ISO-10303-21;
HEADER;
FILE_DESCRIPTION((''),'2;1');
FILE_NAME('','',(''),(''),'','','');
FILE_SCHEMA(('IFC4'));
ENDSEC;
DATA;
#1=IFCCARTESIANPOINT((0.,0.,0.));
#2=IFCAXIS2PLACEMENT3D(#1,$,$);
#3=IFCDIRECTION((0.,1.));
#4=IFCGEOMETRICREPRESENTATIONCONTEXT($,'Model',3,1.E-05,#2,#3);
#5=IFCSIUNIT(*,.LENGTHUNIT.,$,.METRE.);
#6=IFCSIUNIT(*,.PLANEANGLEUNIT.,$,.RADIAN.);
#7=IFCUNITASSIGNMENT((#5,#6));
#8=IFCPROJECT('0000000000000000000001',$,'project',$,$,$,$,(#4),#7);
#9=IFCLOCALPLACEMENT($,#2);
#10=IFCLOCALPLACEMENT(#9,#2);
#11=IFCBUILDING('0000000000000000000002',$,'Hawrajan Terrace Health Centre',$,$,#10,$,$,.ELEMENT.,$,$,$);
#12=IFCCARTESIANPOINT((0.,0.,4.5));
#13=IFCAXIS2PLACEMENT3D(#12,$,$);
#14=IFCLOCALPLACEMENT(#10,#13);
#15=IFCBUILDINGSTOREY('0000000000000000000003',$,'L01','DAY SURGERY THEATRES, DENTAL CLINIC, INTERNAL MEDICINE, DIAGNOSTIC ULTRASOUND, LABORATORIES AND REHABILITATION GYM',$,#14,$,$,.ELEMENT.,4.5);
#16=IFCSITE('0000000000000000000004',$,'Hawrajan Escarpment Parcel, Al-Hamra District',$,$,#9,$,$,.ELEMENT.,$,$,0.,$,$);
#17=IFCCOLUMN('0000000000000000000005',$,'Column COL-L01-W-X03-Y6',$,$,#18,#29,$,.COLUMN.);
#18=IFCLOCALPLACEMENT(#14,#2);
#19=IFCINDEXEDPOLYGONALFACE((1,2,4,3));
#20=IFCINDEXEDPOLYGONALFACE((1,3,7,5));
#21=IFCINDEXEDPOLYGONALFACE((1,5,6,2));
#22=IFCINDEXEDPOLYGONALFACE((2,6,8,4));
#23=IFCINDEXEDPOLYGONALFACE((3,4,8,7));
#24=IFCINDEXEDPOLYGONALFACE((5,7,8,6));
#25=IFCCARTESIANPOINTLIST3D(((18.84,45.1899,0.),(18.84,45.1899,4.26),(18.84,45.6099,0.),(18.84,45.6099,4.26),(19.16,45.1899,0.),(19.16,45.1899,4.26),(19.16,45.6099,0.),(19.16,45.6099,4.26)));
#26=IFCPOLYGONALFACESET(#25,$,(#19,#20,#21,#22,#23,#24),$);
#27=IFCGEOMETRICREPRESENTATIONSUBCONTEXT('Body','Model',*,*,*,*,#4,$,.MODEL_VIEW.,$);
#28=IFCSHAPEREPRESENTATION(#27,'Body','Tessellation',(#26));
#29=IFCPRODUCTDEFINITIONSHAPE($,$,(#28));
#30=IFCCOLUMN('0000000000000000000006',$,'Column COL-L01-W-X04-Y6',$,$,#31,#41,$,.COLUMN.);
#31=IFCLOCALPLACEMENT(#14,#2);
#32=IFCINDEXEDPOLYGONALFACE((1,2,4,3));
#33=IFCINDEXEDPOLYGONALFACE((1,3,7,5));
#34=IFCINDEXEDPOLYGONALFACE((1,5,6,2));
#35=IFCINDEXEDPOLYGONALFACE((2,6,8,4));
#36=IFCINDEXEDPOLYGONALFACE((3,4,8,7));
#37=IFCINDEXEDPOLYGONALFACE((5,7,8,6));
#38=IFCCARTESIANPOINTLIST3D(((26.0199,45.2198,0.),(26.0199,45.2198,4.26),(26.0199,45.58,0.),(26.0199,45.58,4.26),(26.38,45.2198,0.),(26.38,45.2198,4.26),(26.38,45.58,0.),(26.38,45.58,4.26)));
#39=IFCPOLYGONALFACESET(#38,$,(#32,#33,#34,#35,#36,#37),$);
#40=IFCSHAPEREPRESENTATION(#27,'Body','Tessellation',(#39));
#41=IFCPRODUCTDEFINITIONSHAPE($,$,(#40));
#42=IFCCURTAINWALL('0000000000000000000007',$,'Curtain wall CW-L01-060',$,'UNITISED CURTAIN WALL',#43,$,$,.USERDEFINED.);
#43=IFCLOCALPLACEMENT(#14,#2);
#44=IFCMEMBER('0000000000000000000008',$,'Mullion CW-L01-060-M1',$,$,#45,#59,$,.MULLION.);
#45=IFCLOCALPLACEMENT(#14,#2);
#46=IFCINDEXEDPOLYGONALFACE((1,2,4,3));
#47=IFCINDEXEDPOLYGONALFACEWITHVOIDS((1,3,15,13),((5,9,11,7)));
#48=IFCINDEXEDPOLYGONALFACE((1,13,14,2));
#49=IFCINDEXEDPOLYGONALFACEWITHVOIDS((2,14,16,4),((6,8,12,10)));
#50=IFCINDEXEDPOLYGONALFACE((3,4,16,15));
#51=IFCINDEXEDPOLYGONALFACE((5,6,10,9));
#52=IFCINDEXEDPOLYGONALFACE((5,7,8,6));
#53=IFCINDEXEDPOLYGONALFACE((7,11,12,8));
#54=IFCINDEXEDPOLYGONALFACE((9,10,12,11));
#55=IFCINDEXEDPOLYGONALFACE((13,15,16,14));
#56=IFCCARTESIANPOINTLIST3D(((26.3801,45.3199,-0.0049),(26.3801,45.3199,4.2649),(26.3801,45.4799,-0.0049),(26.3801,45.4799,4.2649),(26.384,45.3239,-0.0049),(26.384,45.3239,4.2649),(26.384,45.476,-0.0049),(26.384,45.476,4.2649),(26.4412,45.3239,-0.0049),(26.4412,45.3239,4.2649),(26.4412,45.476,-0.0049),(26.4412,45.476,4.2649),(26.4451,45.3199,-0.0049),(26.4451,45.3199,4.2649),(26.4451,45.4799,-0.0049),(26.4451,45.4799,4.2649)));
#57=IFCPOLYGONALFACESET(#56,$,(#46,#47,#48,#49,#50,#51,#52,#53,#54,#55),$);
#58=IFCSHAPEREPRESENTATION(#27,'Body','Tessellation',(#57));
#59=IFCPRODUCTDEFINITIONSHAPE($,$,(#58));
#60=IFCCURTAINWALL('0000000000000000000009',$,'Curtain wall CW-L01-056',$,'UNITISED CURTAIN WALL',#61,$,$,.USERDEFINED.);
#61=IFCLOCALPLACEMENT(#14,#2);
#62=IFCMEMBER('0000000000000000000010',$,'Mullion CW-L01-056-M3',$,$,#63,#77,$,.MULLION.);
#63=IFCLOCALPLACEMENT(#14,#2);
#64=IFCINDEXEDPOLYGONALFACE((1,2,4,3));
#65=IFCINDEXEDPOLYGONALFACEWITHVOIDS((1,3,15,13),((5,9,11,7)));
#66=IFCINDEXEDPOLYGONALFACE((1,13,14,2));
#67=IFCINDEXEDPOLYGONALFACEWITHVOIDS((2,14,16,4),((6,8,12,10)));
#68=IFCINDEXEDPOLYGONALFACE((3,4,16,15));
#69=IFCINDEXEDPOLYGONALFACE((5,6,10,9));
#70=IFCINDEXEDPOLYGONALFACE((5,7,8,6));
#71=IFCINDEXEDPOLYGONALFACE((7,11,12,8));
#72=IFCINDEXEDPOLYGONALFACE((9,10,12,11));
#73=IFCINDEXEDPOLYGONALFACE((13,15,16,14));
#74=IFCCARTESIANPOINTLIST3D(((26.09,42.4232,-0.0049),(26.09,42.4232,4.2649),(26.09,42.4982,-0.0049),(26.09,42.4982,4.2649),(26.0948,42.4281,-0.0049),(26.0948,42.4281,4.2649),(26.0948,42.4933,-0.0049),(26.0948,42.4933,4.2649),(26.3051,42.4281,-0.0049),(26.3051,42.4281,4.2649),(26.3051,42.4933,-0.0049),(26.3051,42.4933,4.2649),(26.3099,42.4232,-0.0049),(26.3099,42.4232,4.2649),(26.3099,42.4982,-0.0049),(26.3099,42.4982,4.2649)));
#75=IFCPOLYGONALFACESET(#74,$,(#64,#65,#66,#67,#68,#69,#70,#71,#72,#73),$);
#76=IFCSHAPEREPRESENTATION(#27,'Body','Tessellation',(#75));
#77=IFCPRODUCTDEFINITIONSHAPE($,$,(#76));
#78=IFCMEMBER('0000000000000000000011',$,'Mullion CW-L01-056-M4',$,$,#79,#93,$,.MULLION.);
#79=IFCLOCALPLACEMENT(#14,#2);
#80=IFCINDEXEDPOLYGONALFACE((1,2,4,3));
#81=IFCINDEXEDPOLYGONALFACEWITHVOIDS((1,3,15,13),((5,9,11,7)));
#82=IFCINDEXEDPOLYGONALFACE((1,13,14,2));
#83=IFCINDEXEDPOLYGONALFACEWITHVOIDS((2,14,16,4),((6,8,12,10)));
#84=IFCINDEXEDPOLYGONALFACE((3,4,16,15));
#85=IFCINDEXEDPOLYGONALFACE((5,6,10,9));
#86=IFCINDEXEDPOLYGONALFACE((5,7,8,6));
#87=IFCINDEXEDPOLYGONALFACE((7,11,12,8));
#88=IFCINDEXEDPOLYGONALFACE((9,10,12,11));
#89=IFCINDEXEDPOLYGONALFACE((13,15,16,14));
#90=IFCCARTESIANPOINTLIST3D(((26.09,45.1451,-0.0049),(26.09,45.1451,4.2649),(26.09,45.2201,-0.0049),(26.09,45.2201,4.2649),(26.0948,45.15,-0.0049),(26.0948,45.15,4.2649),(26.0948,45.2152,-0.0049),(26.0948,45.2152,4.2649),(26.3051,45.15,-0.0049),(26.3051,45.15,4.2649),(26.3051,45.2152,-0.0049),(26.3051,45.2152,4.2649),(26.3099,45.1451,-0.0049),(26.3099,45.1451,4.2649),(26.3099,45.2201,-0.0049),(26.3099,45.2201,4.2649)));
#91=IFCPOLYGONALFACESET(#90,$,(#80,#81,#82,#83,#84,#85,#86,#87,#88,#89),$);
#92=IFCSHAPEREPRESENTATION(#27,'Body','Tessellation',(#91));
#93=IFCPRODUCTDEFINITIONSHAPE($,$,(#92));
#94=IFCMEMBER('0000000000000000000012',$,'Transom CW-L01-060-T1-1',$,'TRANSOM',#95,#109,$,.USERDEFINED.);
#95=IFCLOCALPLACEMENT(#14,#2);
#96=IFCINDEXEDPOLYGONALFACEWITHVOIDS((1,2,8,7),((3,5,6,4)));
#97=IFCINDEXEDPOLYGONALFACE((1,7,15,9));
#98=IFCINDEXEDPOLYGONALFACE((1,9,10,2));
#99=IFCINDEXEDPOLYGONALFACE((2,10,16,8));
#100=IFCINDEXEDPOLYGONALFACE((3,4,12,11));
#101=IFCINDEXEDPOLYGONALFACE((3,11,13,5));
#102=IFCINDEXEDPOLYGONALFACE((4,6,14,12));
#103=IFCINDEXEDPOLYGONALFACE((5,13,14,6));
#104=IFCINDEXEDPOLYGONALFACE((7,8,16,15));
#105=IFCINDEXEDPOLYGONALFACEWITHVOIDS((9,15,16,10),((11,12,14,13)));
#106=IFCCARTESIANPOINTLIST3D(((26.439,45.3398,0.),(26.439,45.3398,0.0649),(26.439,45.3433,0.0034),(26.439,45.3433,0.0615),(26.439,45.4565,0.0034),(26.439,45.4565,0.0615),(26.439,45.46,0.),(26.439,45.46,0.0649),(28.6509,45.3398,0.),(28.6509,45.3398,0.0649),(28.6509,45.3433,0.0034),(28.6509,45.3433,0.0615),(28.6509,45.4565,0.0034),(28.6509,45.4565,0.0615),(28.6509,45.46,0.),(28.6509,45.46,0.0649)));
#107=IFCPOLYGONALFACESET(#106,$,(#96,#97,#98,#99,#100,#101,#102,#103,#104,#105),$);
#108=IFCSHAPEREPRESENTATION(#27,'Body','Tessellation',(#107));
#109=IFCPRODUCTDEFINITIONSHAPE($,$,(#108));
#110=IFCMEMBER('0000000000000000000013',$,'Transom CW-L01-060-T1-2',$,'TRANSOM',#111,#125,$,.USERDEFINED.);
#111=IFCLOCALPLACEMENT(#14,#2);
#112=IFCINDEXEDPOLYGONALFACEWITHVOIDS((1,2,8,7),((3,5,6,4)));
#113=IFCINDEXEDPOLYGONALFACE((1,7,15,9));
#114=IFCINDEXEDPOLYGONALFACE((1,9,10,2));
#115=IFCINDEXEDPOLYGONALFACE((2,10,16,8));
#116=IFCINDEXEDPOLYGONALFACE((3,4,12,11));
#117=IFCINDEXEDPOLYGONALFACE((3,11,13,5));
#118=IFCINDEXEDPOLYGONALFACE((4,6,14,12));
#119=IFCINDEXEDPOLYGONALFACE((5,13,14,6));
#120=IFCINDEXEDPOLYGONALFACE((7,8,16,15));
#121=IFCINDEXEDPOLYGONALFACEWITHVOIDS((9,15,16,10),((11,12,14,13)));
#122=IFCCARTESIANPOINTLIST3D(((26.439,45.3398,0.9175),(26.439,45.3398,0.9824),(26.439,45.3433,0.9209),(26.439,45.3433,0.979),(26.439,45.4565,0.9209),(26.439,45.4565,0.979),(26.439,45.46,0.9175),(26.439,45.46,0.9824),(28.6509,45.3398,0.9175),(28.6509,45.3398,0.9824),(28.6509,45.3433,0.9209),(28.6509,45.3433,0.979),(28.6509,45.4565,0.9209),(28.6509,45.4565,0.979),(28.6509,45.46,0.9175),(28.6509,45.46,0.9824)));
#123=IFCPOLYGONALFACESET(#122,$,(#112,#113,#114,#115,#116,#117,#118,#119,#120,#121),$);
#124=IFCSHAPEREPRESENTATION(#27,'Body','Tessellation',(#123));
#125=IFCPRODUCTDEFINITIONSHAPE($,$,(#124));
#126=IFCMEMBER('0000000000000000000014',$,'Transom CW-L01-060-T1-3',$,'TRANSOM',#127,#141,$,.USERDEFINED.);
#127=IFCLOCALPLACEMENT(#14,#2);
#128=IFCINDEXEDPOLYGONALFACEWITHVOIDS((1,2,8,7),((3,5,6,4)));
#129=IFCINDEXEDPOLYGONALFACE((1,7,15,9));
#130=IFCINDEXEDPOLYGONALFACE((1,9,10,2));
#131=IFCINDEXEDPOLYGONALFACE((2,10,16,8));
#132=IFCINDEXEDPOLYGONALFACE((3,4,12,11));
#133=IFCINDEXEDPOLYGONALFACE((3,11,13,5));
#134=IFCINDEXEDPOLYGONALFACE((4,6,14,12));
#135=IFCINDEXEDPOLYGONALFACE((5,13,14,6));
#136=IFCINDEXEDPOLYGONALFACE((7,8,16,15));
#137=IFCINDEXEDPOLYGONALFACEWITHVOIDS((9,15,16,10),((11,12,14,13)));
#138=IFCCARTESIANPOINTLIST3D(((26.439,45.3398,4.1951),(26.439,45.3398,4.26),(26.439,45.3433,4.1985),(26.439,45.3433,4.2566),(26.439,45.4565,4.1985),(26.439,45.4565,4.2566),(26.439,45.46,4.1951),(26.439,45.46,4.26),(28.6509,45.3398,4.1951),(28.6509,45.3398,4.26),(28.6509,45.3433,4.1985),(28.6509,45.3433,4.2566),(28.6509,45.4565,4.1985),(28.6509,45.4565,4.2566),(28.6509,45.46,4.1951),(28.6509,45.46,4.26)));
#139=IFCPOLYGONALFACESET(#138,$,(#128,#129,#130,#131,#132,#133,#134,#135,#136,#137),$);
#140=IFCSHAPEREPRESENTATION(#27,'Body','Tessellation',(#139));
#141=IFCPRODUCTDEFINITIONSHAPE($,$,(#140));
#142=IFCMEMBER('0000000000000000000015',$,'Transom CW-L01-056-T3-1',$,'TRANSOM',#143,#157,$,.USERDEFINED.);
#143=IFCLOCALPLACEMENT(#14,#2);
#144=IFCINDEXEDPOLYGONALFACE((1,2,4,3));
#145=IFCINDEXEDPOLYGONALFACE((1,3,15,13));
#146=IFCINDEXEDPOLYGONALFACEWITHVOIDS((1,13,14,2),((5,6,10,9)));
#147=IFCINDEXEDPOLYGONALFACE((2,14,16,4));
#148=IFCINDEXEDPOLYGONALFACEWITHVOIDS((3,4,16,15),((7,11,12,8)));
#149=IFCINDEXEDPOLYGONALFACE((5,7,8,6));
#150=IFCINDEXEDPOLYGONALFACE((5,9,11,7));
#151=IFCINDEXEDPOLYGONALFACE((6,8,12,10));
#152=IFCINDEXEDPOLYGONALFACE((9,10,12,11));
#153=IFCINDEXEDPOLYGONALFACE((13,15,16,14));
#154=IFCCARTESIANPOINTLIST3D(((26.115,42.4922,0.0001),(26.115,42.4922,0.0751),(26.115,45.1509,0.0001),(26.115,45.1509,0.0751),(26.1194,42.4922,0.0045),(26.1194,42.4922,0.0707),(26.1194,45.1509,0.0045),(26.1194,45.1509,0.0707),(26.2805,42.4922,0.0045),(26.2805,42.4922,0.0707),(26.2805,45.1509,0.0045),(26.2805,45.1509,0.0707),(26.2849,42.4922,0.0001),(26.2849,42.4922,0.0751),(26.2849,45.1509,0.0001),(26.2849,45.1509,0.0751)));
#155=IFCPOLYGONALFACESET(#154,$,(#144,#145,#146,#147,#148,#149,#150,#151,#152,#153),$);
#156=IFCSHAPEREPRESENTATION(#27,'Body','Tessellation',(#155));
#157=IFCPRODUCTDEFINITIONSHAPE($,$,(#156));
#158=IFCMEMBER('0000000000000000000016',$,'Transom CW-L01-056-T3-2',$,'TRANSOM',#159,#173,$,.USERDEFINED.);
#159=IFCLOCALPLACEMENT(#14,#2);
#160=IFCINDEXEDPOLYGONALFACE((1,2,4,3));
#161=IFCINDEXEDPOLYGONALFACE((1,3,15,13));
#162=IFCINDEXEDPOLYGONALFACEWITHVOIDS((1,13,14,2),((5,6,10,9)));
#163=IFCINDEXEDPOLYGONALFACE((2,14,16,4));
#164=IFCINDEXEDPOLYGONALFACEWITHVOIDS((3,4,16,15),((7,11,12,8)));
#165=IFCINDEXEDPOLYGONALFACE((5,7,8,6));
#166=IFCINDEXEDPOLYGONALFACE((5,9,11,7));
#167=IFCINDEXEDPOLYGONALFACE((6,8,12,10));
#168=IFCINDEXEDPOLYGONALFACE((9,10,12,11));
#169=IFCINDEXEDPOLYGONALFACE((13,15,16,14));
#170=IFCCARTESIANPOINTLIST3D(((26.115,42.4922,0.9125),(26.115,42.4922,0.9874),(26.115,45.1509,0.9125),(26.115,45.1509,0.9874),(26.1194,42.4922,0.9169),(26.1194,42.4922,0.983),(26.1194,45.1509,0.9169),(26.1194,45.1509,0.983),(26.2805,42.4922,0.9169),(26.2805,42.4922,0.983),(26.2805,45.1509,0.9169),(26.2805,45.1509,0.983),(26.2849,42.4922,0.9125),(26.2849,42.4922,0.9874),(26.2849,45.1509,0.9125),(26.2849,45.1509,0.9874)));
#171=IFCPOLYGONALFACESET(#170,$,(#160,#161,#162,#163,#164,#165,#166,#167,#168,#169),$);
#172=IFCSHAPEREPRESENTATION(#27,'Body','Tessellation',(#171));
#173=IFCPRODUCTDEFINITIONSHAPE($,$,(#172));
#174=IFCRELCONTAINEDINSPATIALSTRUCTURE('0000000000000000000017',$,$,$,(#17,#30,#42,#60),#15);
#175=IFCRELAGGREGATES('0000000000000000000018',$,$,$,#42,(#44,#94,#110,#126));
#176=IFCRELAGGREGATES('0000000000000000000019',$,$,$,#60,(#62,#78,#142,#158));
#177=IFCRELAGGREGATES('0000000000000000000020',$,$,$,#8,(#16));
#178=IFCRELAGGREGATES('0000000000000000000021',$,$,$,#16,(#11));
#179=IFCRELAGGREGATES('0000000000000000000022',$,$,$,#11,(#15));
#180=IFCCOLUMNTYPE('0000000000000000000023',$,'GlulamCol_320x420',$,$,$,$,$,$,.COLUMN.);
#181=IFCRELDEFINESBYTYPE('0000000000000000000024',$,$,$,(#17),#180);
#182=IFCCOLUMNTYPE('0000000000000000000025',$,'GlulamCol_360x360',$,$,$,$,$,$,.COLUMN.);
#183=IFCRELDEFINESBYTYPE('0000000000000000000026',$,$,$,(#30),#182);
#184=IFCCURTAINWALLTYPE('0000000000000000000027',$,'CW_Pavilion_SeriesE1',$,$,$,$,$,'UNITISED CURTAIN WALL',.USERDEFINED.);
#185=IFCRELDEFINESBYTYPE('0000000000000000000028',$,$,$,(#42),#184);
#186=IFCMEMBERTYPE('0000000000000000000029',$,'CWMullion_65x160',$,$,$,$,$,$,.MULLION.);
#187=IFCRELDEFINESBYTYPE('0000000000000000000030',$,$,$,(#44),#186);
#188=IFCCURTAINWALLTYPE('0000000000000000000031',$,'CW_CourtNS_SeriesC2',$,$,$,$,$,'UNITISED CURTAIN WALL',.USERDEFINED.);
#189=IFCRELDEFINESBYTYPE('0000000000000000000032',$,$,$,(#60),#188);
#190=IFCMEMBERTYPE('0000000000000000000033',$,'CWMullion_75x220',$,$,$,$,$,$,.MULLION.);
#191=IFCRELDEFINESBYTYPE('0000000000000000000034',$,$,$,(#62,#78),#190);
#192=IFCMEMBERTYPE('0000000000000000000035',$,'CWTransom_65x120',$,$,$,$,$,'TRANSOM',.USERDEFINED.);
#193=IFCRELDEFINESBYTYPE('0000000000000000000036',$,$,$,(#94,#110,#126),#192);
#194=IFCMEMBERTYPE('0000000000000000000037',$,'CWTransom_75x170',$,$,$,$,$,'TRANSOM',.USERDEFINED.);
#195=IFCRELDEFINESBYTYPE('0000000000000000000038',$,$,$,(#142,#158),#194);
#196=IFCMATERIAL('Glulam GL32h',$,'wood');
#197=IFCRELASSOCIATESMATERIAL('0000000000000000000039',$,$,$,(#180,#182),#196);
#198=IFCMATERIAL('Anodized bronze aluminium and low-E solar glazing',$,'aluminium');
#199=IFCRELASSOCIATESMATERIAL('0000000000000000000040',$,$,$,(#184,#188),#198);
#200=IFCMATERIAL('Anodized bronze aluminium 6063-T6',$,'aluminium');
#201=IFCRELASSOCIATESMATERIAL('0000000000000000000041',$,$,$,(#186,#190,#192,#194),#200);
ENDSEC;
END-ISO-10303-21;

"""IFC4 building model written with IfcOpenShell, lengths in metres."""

from ifc_helpers import new_model, si_unit, direction, frame, origin, origin_2d, place, context, subcontext, project, spatial, rectangle, hollow_rectangle, extrude, material, material_profile, profile_set, type_object, element, aggregate, save


model = new_model("IFC4")

# Units and contexts
model_context = context("Model", 3, precision=1e-05, world=origin(), true_north=direction((0.0, 1.0)))
body_context = subcontext(model_context, "Body", "Model", "MODEL_VIEW")
ifc_project = project(units=[si_unit("LENGTHUNIT", "METRE"), si_unit("PLANEANGLEUNIT", "RADIAN")], contexts=[model_context])

# Site, building, storey
site_placement = place(None, origin())
site = spatial("IfcSite", under=ifc_project, at=site_placement, Name="Hawrajan Escarpment Parcel, Al-Hamra District", CompositionType="ELEMENT", RefElevation=0.0)
building_placement = place(site_placement, origin())
building = spatial("IfcBuilding", under=site, at=building_placement, Name="Hawrajan Terrace Health Centre", CompositionType="ELEMENT")
storey_placement = place(building_placement, frame((0.0, 0.0, 4.5)))
storey = spatial("IfcBuildingStorey", under=building, at=storey_placement, Name="L01", Description="DAY SURGERY THEATRES, DENTAL CLINIC, INTERNAL MEDICINE, DIAGNOSTIC ULTRASOUND, LABORATORIES AND REHABILITATION GYM", CompositionType="ELEMENT", Elevation=4.5)

# Columns
ifc_material_1 = material(Name="Glulam GL32h", Category="wood")
ifc_material_profile_1 = material_profile(ifc_material_1, rectangle(XDim=0.3201, YDim=0.4199, at=origin_2d()), Name="GL 320x420")
ifc_profile_set_1 = profile_set([ifc_material_profile_1], Name="Glulam GL32h")
column_type_1 = type_object("IfcColumnType", Name="GlulamCol_320x420", PredefinedType="COLUMN", material=ifc_profile_set_1)
column_1_placement = place(storey_placement, frame((19.0, 45.3999, 0.0), z_axis=(0.0, 0.0, 1.0), x_axis=(1.0, 0.0, 0.0)))
element("IfcColumn", 1, at=column_1_placement, inside=storey, type_object=column_type_1, Name="Column COL-L01-W-X03-Y6", PredefinedType="COLUMN", context=body_context, shape_type="SweptSolid", body=[
    extrude(rectangle(XDim=0.3201, YDim=0.4199, at=origin_2d()), origin(), (0.0, 0.0, 1.0), 4.26),
])
ifc_material_profile_2 = material_profile(ifc_material_1, rectangle(XDim=0.3601, YDim=0.3601, at=origin_2d()), Name="GL 360x360")
ifc_profile_set_2 = profile_set([ifc_material_profile_2], Name="Glulam GL32h")
column_type_2 = type_object("IfcColumnType", Name="GlulamCol_360x360", PredefinedType="COLUMN", material=ifc_profile_set_2)
column_2_placement = place(storey_placement, frame((26.2, 45.3999, 0.0), z_axis=(0.0, 0.0, 1.0), x_axis=(1.0, 0.0, 0.0)))
element("IfcColumn", 2, at=column_2_placement, inside=storey, type_object=column_type_2, Name="Column COL-L01-W-X04-Y6", PredefinedType="COLUMN", context=body_context, shape_type="SweptSolid", body=[
    extrude(rectangle(XDim=0.3601, YDim=0.3601, at=origin_2d()), origin(), (0.0, 0.0, 1.0), 4.26),
])

# Curtain wall, member
ifc_material_2 = material(Name="Anodized bronze aluminium and low-E solar glazing", Category="aluminium")
curtain_wall_type_1 = type_object("IfcCurtainWallType", Name="CW_Pavilion_SeriesE1", ElementType="UNITISED CURTAIN WALL", PredefinedType="USERDEFINED", material=ifc_material_2)
curtain_wall_1_placement = place(storey_placement, origin())
curtain_wall_1 = element("IfcCurtainWall", 3, at=curtain_wall_1_placement, inside=storey, type_object=curtain_wall_type_1, Name="Curtain wall CW-L01-060", ObjectType="UNITISED CURTAIN WALL", PredefinedType="USERDEFINED")
ifc_material_3 = material(Name="Anodized bronze aluminium 6063-T6", Category="aluminium")
ifc_material_profile_3 = material_profile(ifc_material_3, hollow_rectangle(XDim=0.0649, YDim=0.1599, WallThickness=0.0039, at=origin_2d()), Name="CW MUL 65x160")
ifc_profile_set_3 = profile_set([ifc_material_profile_3], Name="Anodized bronze aluminium 6063-T6")
member_type_1 = type_object("IfcMemberType", Name="CWMullion_65x160", PredefinedType="MULLION", material=ifc_profile_set_3)
member_1_placement = place(storey_placement, frame((26.4126, 45.3999, -0.0049), z_axis=(0.0, 0.0, 1.0), x_axis=(1.0, 0.0, 0.0)))
member_1 = element("IfcMember", 4, at=member_1_placement, type_object=member_type_1, Name="Mullion CW-L01-060-M1", PredefinedType="MULLION", context=body_context, shape_type="SweptSolid", body=[
    extrude(hollow_rectangle(XDim=0.0649, YDim=0.1599, WallThickness=0.0039, at=origin_2d()), origin(), (0.0, 0.0, 1.0), 4.2698),
])

# Curtain wall, members
curtain_wall_type_2 = type_object("IfcCurtainWallType", Name="CW_CourtNS_SeriesC2", ElementType="UNITISED CURTAIN WALL", PredefinedType="USERDEFINED", material=ifc_material_2)
curtain_wall_2_placement = place(storey_placement, origin())
curtain_wall_2 = element("IfcCurtainWall", 5, at=curtain_wall_2_placement, inside=storey, type_object=curtain_wall_type_2, Name="Curtain wall CW-L01-056", ObjectType="UNITISED CURTAIN WALL", PredefinedType="USERDEFINED")
ifc_material_profile_4 = material_profile(ifc_material_3, hollow_rectangle(XDim=0.075, YDim=0.22, WallThickness=0.0049, at=origin_2d()), Name="CW MUL 75x220")
ifc_profile_set_4 = profile_set([ifc_material_profile_4], Name="Anodized bronze aluminium 6063-T6")
member_type_2 = type_object("IfcMemberType", Name="CWMullion_75x220", PredefinedType="MULLION", material=ifc_profile_set_4)
member_2_placement = place(storey_placement, frame((26.2, 42.4607, -0.0049), z_axis=(0.0, 0.0, 1.0), x_axis=(0.0, 1.0, 0.0)))
member_2 = element("IfcMember", 6, at=member_2_placement, type_object=member_type_2, Name="Mullion CW-L01-056-M3", PredefinedType="MULLION", context=body_context, shape_type="SweptSolid", body=[
    extrude(hollow_rectangle(XDim=0.075, YDim=0.22, WallThickness=0.0049, at=origin_2d()), origin(), (0.0, 0.0, 1.0), 4.2698),
])
member_3_placement = place(storey_placement, frame((26.2, 45.1826, -0.0049), z_axis=(0.0, 0.0, 1.0), x_axis=(0.0, 1.0, 0.0)))
member_3 = element("IfcMember", 7, at=member_3_placement, type_object=member_type_2, Name="Mullion CW-L01-056-M4", PredefinedType="MULLION", context=body_context, shape_type="SweptSolid", body=[
    extrude(hollow_rectangle(XDim=0.075, YDim=0.22, WallThickness=0.0049, at=origin_2d()), origin(), (0.0, 0.0, 1.0), 4.2698),
])

# Members
ifc_material_profile_5 = material_profile(ifc_material_3, hollow_rectangle(XDim=0.0649, YDim=0.1201, WallThickness=0.0034, at=origin_2d()), Name="CW TRN 65x120")
ifc_profile_set_5 = profile_set([ifc_material_profile_5], Name="Anodized bronze aluminium 6063-T6")
member_type_3 = type_object("IfcMemberType", Name="CWTransom_65x120", ElementType="TRANSOM", PredefinedType="USERDEFINED", material=ifc_profile_set_5)
member_4_placement = place(storey_placement, frame((26.439, 45.3999, 0.0325), z_axis=(1.0, 0.0, 0.0), x_axis=(0.0, 0.0, 1.0)))
member_4 = element("IfcMember", 8, at=member_4_placement, type_object=member_type_3, Name="Transom CW-L01-060-T1-1", ObjectType="TRANSOM", PredefinedType="USERDEFINED", context=body_context, shape_type="SweptSolid", body=[
    extrude(hollow_rectangle(XDim=0.0649, YDim=0.1201, WallThickness=0.0034, at=origin_2d()), origin(), (0.0, 0.0, 1.0), 2.2119),
])
member_5_placement = place(storey_placement, frame((26.439, 45.3999, 0.95), z_axis=(1.0, 0.0, 0.0), x_axis=(0.0, 0.0, 1.0)))
member_5 = element("IfcMember", 9, at=member_5_placement, type_object=member_type_3, Name="Transom CW-L01-060-T1-2", ObjectType="TRANSOM", PredefinedType="USERDEFINED", context=body_context, shape_type="SweptSolid", body=[
    extrude(hollow_rectangle(XDim=0.0649, YDim=0.1201, WallThickness=0.0034, at=origin_2d()), origin(), (0.0, 0.0, 1.0), 2.2119),
])
member_6_placement = place(storey_placement, frame((26.439, 45.3999, 4.2275), z_axis=(1.0, 0.0, 0.0), x_axis=(0.0, 0.0, 1.0)))
member_6 = element("IfcMember", 10, at=member_6_placement, type_object=member_type_3, Name="Transom CW-L01-060-T1-3", ObjectType="TRANSOM", PredefinedType="USERDEFINED", context=body_context, shape_type="SweptSolid", body=[
    extrude(hollow_rectangle(XDim=0.0649, YDim=0.1201, WallThickness=0.0034, at=origin_2d()), origin(), (0.0, 0.0, 1.0), 2.2119),
])
aggregate(curtain_wall_1, [member_1, member_4, member_5, member_6])
ifc_material_profile_6 = material_profile(ifc_material_3, hollow_rectangle(XDim=0.075, YDim=0.1699, WallThickness=0.0044, at=origin_2d()), Name="CW TRN 75x170")
ifc_profile_set_6 = profile_set([ifc_material_profile_6], Name="Anodized bronze aluminium 6063-T6")
member_type_4 = type_object("IfcMemberType", Name="CWTransom_75x170", ElementType="TRANSOM", PredefinedType="USERDEFINED", material=ifc_profile_set_6)
member_7_placement = place(storey_placement, frame((26.2, 42.4922, 0.0376), z_axis=(0.0, 1.0, 0.0), x_axis=(0.0, 0.0, 1.0)))
member_7 = element("IfcMember", 11, at=member_7_placement, type_object=member_type_4, Name="Transom CW-L01-056-T3-1", ObjectType="TRANSOM", PredefinedType="USERDEFINED", context=body_context, shape_type="SweptSolid", body=[
    extrude(hollow_rectangle(XDim=0.075, YDim=0.1699, WallThickness=0.0044, at=origin_2d()), origin(), (0.0, 0.0, 1.0), 2.6587),
])
member_8_placement = place(storey_placement, frame((26.2, 42.4922, 0.95), z_axis=(0.0, 1.0, 0.0), x_axis=(0.0, 0.0, 1.0)))
member_8 = element("IfcMember", 12, at=member_8_placement, type_object=member_type_4, Name="Transom CW-L01-056-T3-2", ObjectType="TRANSOM", PredefinedType="USERDEFINED", context=body_context, shape_type="SweptSolid", body=[
    extrude(hollow_rectangle(XDim=0.075, YDim=0.1699, WallThickness=0.0044, at=origin_2d()), origin(), (0.0, 0.0, 1.0), 2.6587),
])

aggregate(curtain_wall_2, [member_2, member_3, member_7, member_8])

save(model, "model.ifc")
